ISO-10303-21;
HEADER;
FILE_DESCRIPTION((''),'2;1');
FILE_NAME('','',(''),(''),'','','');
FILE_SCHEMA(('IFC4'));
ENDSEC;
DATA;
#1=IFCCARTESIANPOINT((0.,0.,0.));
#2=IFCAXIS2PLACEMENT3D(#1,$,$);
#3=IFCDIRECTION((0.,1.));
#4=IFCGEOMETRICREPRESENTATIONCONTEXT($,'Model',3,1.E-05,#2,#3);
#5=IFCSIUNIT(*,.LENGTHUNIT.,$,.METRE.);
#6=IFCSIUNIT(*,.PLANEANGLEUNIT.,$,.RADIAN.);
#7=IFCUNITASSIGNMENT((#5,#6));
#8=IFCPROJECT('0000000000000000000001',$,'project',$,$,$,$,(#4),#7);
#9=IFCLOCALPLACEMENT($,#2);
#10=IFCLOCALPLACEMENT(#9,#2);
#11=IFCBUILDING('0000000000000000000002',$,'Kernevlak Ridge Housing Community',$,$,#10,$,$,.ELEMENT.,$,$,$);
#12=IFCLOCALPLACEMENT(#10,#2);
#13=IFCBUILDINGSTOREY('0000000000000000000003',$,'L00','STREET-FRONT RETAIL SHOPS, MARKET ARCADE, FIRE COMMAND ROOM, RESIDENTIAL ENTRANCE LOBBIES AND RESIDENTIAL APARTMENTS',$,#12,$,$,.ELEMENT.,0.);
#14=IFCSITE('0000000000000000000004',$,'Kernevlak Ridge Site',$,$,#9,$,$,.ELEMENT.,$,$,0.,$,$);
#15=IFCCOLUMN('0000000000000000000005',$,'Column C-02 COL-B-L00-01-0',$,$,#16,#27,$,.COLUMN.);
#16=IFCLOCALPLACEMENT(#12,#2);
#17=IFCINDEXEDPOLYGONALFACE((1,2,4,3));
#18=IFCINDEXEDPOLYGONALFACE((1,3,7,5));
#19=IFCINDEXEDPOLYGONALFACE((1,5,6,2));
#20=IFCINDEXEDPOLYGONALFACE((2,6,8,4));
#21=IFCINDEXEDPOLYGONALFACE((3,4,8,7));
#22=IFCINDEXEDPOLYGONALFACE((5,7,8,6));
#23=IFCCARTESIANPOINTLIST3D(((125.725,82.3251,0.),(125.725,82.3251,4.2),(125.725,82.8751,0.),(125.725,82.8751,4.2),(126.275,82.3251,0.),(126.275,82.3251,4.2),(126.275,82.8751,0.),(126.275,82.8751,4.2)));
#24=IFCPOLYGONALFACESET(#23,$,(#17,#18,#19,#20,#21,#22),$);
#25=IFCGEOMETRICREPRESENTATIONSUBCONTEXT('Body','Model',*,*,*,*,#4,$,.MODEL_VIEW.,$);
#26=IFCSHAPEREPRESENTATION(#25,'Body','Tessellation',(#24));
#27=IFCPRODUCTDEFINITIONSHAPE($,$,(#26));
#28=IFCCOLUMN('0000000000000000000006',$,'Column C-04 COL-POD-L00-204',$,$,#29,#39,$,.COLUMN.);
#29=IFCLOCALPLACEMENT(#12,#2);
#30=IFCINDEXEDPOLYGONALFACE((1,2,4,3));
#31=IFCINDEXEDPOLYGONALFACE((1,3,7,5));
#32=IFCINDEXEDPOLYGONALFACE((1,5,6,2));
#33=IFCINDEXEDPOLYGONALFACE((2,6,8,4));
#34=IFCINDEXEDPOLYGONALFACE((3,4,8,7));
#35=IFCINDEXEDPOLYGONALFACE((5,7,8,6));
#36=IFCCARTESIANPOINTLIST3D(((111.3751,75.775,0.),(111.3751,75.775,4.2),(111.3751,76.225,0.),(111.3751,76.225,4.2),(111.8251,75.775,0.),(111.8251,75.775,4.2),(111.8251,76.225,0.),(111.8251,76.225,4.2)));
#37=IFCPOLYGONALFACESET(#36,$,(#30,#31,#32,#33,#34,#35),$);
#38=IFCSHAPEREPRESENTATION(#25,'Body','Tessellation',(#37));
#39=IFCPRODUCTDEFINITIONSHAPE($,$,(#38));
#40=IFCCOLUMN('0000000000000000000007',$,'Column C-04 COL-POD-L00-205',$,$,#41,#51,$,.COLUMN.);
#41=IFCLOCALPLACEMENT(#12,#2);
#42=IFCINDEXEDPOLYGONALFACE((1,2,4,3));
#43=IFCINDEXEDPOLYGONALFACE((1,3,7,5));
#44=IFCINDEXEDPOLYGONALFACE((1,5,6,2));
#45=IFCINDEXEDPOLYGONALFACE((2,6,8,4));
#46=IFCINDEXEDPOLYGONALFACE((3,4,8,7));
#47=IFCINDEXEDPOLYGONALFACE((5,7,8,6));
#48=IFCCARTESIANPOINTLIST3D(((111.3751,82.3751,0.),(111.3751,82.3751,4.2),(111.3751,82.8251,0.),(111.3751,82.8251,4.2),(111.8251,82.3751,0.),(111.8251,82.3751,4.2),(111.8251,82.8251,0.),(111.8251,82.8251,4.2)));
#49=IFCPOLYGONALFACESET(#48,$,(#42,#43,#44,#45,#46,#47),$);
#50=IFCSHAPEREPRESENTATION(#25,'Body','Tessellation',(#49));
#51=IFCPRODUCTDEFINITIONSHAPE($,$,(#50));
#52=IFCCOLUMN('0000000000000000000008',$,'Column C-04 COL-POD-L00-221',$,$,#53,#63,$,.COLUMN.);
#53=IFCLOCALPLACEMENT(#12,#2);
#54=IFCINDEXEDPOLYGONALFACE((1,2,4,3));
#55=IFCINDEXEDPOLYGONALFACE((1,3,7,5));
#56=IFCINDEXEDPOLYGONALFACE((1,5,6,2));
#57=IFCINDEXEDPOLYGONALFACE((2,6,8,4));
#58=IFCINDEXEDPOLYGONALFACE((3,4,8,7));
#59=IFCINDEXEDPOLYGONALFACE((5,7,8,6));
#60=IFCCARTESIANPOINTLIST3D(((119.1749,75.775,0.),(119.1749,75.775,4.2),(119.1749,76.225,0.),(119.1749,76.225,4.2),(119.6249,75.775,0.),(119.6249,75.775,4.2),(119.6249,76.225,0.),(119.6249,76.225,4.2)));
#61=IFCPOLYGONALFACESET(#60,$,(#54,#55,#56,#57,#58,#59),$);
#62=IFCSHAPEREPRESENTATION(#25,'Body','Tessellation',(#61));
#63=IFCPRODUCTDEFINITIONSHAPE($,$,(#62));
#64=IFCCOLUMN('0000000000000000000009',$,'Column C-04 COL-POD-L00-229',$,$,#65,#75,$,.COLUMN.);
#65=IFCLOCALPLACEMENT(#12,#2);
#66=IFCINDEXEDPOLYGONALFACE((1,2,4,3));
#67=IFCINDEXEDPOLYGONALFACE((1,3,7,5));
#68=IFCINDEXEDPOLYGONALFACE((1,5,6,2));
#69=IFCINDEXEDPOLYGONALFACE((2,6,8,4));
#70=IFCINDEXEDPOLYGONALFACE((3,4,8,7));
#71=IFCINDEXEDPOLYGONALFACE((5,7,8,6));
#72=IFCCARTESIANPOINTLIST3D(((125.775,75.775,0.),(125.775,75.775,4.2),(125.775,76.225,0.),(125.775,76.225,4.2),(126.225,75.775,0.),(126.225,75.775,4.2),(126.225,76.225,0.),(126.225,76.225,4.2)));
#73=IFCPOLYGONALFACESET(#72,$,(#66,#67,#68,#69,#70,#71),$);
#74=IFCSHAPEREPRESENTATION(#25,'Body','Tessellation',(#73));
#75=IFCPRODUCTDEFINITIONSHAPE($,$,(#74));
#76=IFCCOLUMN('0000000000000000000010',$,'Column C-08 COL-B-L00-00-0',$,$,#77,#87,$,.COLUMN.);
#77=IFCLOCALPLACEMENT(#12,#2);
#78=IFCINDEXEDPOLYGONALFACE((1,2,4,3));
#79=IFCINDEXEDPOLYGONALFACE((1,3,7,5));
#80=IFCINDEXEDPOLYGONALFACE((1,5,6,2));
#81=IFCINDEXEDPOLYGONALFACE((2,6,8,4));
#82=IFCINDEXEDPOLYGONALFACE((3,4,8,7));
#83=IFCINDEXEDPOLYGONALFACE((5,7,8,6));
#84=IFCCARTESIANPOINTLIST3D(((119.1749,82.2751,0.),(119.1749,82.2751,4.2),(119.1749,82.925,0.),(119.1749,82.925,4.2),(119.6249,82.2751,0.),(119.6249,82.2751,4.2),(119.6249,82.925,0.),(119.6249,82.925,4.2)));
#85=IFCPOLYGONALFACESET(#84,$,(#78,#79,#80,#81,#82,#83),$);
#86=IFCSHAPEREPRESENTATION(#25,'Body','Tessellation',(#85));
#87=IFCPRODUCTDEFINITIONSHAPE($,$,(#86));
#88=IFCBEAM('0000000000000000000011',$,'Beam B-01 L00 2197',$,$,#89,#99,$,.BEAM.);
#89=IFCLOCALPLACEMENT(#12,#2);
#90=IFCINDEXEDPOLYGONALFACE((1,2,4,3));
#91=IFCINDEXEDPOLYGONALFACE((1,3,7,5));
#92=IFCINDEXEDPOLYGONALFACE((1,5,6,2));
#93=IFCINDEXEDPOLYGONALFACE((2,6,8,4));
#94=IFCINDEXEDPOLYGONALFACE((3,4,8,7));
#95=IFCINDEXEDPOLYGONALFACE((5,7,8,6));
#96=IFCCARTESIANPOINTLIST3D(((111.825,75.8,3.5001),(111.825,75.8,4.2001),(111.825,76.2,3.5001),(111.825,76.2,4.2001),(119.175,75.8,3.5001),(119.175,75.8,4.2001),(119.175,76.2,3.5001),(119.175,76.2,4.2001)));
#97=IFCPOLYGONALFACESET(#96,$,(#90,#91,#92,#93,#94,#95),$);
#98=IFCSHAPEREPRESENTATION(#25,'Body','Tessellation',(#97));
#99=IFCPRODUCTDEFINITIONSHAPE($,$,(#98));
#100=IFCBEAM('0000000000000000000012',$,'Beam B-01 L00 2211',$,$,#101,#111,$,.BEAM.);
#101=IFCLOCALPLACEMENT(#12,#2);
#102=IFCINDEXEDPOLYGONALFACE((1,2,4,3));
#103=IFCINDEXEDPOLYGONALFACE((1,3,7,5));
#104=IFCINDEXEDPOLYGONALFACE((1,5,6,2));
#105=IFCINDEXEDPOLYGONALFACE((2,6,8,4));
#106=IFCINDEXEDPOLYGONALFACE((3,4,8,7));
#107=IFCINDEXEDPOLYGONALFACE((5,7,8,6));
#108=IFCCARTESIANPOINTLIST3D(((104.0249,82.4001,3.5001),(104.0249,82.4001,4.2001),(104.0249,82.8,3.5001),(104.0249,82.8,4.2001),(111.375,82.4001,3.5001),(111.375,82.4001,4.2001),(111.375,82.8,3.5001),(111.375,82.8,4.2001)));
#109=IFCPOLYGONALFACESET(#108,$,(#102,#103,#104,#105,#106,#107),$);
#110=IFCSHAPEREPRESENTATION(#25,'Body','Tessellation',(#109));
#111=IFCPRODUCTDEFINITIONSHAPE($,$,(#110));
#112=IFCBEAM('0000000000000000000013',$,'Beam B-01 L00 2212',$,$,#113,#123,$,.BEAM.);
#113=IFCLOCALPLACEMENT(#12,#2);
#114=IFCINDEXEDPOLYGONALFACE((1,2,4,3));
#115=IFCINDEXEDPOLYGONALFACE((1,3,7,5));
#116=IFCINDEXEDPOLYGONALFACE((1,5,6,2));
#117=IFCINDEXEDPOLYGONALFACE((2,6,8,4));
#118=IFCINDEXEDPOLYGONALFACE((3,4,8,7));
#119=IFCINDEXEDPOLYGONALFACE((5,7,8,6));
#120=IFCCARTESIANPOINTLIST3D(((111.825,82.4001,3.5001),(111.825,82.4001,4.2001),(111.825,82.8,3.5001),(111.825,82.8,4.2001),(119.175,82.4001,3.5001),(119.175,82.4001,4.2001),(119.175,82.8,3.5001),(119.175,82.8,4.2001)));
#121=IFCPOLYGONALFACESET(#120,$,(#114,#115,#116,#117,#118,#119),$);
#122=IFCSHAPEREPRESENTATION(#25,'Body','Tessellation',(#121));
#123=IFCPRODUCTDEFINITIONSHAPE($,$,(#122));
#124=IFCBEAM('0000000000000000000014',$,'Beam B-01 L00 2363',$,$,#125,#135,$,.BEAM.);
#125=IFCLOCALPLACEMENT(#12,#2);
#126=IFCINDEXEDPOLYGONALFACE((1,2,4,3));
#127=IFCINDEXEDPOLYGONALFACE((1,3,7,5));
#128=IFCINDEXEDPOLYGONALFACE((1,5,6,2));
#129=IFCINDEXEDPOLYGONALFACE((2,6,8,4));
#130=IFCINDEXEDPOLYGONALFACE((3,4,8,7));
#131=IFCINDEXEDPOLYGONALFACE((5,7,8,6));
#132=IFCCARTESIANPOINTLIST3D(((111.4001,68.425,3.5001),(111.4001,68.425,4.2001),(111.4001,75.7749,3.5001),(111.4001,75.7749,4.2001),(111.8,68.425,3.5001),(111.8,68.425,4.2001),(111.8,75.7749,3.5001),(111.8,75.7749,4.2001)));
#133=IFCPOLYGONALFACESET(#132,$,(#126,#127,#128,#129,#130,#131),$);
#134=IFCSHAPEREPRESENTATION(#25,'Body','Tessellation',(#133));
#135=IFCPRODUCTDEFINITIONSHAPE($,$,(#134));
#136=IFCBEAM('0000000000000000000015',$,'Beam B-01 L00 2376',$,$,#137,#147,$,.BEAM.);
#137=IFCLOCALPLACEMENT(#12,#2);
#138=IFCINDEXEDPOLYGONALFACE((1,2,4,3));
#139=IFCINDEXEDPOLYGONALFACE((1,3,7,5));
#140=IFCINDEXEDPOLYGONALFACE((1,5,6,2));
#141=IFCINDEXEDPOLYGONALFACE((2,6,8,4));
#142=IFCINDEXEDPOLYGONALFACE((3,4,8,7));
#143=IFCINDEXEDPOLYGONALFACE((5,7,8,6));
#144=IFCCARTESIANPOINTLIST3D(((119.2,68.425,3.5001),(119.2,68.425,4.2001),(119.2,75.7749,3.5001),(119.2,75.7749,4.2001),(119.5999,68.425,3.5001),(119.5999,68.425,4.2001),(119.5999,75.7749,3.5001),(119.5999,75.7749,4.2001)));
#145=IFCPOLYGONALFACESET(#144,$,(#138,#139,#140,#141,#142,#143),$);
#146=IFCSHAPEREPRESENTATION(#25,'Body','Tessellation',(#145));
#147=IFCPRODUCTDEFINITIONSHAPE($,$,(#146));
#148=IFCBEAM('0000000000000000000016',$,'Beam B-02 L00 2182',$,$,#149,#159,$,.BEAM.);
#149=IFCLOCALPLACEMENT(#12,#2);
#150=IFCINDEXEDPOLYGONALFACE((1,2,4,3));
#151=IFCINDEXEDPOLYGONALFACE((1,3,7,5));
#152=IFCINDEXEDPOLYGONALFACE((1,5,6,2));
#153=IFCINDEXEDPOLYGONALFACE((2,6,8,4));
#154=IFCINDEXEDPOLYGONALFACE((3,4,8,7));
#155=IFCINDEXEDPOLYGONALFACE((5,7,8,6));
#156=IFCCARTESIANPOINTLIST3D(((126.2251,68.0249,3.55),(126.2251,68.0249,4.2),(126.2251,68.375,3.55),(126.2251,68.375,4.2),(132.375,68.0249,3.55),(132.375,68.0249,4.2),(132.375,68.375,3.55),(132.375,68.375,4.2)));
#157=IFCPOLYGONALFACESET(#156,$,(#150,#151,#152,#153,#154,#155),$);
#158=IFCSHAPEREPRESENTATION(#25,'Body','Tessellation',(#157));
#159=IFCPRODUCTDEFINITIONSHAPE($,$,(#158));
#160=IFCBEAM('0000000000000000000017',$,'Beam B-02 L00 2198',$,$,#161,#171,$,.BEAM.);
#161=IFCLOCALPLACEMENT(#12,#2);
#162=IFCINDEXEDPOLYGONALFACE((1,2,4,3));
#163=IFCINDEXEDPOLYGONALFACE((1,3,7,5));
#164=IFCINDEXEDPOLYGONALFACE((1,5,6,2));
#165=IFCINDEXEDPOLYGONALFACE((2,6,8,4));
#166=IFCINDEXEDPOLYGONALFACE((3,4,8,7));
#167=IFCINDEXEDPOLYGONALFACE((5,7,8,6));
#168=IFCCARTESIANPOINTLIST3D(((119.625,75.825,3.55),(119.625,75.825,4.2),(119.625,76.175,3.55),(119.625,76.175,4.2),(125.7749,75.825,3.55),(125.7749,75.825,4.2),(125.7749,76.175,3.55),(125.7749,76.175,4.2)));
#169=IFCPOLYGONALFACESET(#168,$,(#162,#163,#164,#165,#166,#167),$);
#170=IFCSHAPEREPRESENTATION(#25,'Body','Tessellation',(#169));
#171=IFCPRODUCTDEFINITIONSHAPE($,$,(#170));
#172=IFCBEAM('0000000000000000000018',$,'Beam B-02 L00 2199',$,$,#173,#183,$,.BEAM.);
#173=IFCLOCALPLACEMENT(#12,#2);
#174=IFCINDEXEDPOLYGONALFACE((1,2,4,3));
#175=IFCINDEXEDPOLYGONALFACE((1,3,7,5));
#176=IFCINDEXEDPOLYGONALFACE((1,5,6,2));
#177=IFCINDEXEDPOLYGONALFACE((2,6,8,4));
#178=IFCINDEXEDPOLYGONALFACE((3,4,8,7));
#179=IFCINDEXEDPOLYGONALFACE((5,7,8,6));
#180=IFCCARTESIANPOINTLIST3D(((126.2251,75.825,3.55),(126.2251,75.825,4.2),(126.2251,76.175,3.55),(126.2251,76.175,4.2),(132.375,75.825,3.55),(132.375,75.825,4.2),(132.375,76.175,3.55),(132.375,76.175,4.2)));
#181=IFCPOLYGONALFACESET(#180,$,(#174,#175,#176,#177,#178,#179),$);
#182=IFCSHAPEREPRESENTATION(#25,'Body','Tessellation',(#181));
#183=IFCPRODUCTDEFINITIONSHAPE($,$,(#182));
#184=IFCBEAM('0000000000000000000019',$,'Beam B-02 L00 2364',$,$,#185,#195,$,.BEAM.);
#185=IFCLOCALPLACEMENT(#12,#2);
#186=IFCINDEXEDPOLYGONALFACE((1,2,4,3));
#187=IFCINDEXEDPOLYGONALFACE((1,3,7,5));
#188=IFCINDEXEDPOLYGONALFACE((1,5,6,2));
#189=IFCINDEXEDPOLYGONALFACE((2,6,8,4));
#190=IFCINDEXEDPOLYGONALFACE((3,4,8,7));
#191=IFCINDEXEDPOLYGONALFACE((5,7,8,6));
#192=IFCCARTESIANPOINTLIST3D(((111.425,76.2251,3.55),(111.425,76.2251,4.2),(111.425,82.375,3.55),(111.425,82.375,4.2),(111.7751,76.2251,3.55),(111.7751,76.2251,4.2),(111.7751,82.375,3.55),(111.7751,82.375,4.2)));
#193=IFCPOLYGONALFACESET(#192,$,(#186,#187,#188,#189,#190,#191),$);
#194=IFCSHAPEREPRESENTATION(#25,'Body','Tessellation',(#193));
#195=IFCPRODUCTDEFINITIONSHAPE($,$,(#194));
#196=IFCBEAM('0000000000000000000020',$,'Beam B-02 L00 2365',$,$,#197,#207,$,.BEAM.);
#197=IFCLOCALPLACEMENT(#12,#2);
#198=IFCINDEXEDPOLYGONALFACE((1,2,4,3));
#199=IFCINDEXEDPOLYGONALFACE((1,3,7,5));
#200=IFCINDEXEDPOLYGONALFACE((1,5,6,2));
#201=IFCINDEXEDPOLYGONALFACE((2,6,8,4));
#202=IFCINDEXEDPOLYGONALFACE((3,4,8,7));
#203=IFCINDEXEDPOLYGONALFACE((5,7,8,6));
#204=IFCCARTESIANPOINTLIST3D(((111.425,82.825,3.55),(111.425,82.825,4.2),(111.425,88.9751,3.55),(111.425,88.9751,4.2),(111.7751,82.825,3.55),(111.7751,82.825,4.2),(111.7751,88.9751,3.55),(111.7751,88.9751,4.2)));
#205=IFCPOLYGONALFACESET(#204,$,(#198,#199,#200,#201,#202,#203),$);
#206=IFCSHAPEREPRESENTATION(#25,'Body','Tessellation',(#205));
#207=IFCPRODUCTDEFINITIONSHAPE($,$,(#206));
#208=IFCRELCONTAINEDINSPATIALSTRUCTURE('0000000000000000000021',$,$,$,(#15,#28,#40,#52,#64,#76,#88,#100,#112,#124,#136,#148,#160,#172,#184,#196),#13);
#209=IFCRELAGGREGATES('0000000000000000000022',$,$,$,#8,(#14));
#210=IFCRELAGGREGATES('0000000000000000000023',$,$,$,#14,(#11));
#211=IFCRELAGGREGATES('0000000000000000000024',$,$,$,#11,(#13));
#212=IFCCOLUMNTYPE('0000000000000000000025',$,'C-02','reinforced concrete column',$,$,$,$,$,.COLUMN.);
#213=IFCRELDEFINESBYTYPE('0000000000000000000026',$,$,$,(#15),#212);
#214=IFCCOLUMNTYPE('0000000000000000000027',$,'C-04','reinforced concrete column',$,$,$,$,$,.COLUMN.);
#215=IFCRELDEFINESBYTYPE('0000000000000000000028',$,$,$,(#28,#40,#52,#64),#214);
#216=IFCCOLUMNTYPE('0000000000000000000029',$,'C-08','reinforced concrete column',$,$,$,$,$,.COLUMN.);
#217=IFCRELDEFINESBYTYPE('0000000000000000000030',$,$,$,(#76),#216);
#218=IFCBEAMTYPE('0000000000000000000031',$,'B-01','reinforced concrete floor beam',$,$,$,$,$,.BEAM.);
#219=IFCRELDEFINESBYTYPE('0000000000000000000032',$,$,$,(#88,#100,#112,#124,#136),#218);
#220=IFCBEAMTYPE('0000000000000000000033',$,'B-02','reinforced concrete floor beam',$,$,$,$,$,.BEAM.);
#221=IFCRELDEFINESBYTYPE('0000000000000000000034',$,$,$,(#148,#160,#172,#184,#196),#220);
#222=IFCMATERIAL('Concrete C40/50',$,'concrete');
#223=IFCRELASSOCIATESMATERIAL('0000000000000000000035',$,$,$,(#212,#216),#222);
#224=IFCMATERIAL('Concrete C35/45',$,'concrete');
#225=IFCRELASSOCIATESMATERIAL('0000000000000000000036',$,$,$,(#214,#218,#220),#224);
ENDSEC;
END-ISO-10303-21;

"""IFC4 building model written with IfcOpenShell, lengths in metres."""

from ifc_helpers import new_model, si_unit, direction, frame, origin, origin_2d, place, context, subcontext, project, spatial, rectangle, extrude, material, material_profile, profile_set, type_object, element, save


model = new_model("IFC4")

# Units and contexts
model_context = context("Model", 3, precision=1e-05, world=origin(), true_north=direction((0.0, 1.0)))
body_context = subcontext(model_context, "Body", "Model", "MODEL_VIEW")
ifc_project = project(units=[si_unit("LENGTHUNIT", "METRE"), si_unit("PLANEANGLEUNIT", "RADIAN")], contexts=[model_context])

# Site, building, storey
site_placement = place(None, origin())
site = spatial("IfcSite", under=ifc_project, at=site_placement, Name="Kernevlak Ridge Site", CompositionType="ELEMENT", RefElevation=0.0)
building_placement = place(site_placement, origin())
building = spatial("IfcBuilding", under=site, at=building_placement, Name="Kernevlak Ridge Housing Community", CompositionType="ELEMENT")
storey_placement = place(building_placement, origin())
storey = spatial("IfcBuildingStorey", under=building, at=storey_placement, Name="L00", Description="STREET-FRONT RETAIL SHOPS, MARKET ARCADE, FIRE COMMAND ROOM, RESIDENTIAL ENTRANCE LOBBIES AND RESIDENTIAL APARTMENTS", CompositionType="ELEMENT", Elevation=0.0)

# Columns
ifc_material_1 = material(Name="Concrete C40/50", Category="concrete")
ifc_material_profile_1 = material_profile(ifc_material_1, rectangle(XDim=0.55, YDim=0.55, at=origin_2d()), Name="RC 550x550")
ifc_profile_set_1 = profile_set([ifc_material_profile_1], Name="Concrete C40/50")
column_type_1 = type_object("IfcColumnType", Name="C-02", Description="reinforced concrete column", PredefinedType="COLUMN", material=ifc_profile_set_1)
column_1_placement = place(storey_placement, frame((126.0, 82.6001, 0.0), z_axis=(0.0, 0.0, 1.0), x_axis=(1.0, 0.0, 0.0)))
element("IfcColumn", 1, at=column_1_placement, inside=storey, type_object=column_type_1, Name="Column C-02 COL-B-L00-01-0", PredefinedType="COLUMN", context=body_context, shape_type="SweptSolid", body=[
    extrude(rectangle(XDim=0.55, YDim=0.55, at=origin_2d()), origin(), (0.0, 0.0, 1.0), 4.2),
])
ifc_material_2 = material(Name="Concrete C35/45", Category="concrete")
ifc_material_profile_2 = material_profile(ifc_material_2, rectangle(XDim=0.45, YDim=0.45, at=origin_2d()), Name="RC 450x450")
ifc_profile_set_2 = profile_set([ifc_material_profile_2], Name="Concrete C35/45")
column_type_2 = type_object("IfcColumnType", Name="C-04", Description="reinforced concrete column", PredefinedType="COLUMN", material=ifc_profile_set_2)
for number, where, z_axis, x_axis, name in (
    (2, (111.6001, 76.0, 0.0), (0.0, 0.0, 1.0), (1.0, 0.0, 0.0), "Column C-04 COL-POD-L00-204"),
    (3, (111.6001, 82.6001, 0.0), (0.0, 0.0, 1.0), (1.0, 0.0, 0.0), "Column C-04 COL-POD-L00-205"),
    (4, (119.3999, 76.0, 0.0), (0.0, 0.0, 1.0), (1.0, 0.0, 0.0), "Column C-04 COL-POD-L00-221"),
    (5, (126.0, 76.0, 0.0), (0.0, 0.0, 1.0), (1.0, 0.0, 0.0), "Column C-04 COL-POD-L00-229"),
):
    element("IfcColumn", number, at=place(storey_placement, frame(where, z_axis=z_axis, x_axis=x_axis)), inside=storey, type_object=column_type_2, Name=name, PredefinedType="COLUMN", context=body_context, shape_type="SweptSolid", body=[
        extrude(rectangle(XDim=0.45, YDim=0.45, at=origin_2d()), origin(), (0.0, 0.0, 1.0), 4.2),
    ])
ifc_material_profile_3 = material_profile(ifc_material_1, rectangle(XDim=0.45, YDim=0.6499, at=origin_2d()), Name="RC 450x650")
ifc_profile_set_3 = profile_set([ifc_material_profile_3], Name="Concrete C40/50")
column_type_3 = type_object("IfcColumnType", Name="C-08", Description="reinforced concrete column", PredefinedType="COLUMN", material=ifc_profile_set_3)
column_2_placement = place(storey_placement, frame((119.3999, 82.6001, 0.0), z_axis=(0.0, 0.0, 1.0), x_axis=(1.0, 0.0, 0.0)))
element("IfcColumn", 6, at=column_2_placement, inside=storey, type_object=column_type_3, Name="Column C-08 COL-B-L00-00-0", PredefinedType="COLUMN", context=body_context, shape_type="SweptSolid", body=[
    extrude(rectangle(XDim=0.45, YDim=0.6499, at=origin_2d()), origin(), (0.0, 0.0, 1.0), 4.2),
])

# Beams
ifc_material_profile_4 = material_profile(ifc_material_2, rectangle(XDim=0.3999, YDim=0.7, at=origin_2d()), Name="RC 400x700")
ifc_profile_set_4 = profile_set([ifc_material_profile_4], Name="Concrete C35/45")
beam_type_1 = type_object("IfcBeamType", Name="B-01", Description="reinforced concrete floor beam", PredefinedType="BEAM", material=ifc_profile_set_4)
for number, where, z_axis, x_axis, name in (
    (7, (111.825, 76.0, 3.8501), (1.0, 0.0, 0.0), (0.0, 1.0, 0.0), "Beam B-01 L00 2197"),
    (8, (104.0249, 82.6001, 3.8501), (1.0, 0.0, 0.0), (0.0, 1.0, 0.0), "Beam B-01 L00 2211"),
    (9, (111.825, 82.6001, 3.8501), (1.0, 0.0, 0.0), (0.0, 1.0, 0.0), "Beam B-01 L00 2212"),
):
    element("IfcBeam", number, at=place(storey_placement, frame(where, z_axis=z_axis, x_axis=x_axis)), inside=storey, type_object=beam_type_1, Name=name, PredefinedType="BEAM", context=body_context, shape_type="SweptSolid", body=[
        extrude(rectangle(XDim=0.3999, YDim=0.7, at=origin_2d()), origin(), (0.0, 0.0, 1.0), 7.3501),
    ])
for number, where, z_axis, x_axis, name in (
    (10, (111.6001, 68.425, 3.8501), (0.0, 1.0, 0.0), (-1.0, 0.0, 0.0), "Beam B-01 L00 2363"),
    (11, (119.3999, 68.425, 3.8501), (0.0, 1.0, 0.0), (-1.0, 0.0, 0.0), "Beam B-01 L00 2376"),
):
    element("IfcBeam", number, at=place(storey_placement, frame(where, z_axis=z_axis, x_axis=x_axis)), inside=storey, type_object=beam_type_1, Name=name, PredefinedType="BEAM", context=body_context, shape_type="SweptSolid", body=[
        extrude(rectangle(XDim=0.3999, YDim=0.7, at=origin_2d()), origin(), (0.0, 0.0, 1.0), 7.3499),
    ])
ifc_material_profile_5 = material_profile(ifc_material_2, rectangle(XDim=0.3501, YDim=0.6499, at=origin_2d()), Name="RC 350x650")
ifc_profile_set_5 = profile_set([ifc_material_profile_5], Name="Concrete C35/45")
beam_type_2 = type_object("IfcBeamType", Name="B-02", Description="reinforced concrete floor beam", PredefinedType="BEAM", material=ifc_profile_set_5)
for number, where, z_axis, x_axis, name in (
    (12, (126.2251, 68.2, 3.875), (1.0, 0.0, 0.0), (0.0, 1.0, 0.0), "Beam B-02 L00 2182"),
    (13, (119.625, 76.0, 3.875), (1.0, 0.0, 0.0), (0.0, 1.0, 0.0), "Beam B-02 L00 2198"),
    (14, (126.2251, 76.0, 3.875), (1.0, 0.0, 0.0), (0.0, 1.0, 0.0), "Beam B-02 L00 2199"),
    (15, (111.6001, 76.2251, 3.875), (0.0, 1.0, 0.0), (-1.0, 0.0, 0.0), "Beam B-02 L00 2364"),
):
    element("IfcBeam", number, at=place(storey_placement, frame(where, z_axis=z_axis, x_axis=x_axis)), inside=storey, type_object=beam_type_2, Name=name, PredefinedType="BEAM", context=body_context, shape_type="SweptSolid", body=[
        extrude(rectangle(XDim=0.3501, YDim=0.6499, at=origin_2d()), origin(), (0.0, 0.0, 1.0), 6.1499),
    ])
beam_1_placement = place(storey_placement, frame((111.6001, 82.825, 3.875), z_axis=(0.0, 1.0, 0.0), x_axis=(-1.0, 0.0, 0.0)))
element("IfcBeam", 16, at=beam_1_placement, inside=storey, type_object=beam_type_2, Name="Beam B-02 L00 2365", PredefinedType="BEAM", context=body_context, shape_type="SweptSolid", body=[
    extrude(rectangle(XDim=0.3501, YDim=0.6499, at=origin_2d()), origin(), (0.0, 0.0, 1.0), 6.1501),
])

save(model, "model.ifc")
